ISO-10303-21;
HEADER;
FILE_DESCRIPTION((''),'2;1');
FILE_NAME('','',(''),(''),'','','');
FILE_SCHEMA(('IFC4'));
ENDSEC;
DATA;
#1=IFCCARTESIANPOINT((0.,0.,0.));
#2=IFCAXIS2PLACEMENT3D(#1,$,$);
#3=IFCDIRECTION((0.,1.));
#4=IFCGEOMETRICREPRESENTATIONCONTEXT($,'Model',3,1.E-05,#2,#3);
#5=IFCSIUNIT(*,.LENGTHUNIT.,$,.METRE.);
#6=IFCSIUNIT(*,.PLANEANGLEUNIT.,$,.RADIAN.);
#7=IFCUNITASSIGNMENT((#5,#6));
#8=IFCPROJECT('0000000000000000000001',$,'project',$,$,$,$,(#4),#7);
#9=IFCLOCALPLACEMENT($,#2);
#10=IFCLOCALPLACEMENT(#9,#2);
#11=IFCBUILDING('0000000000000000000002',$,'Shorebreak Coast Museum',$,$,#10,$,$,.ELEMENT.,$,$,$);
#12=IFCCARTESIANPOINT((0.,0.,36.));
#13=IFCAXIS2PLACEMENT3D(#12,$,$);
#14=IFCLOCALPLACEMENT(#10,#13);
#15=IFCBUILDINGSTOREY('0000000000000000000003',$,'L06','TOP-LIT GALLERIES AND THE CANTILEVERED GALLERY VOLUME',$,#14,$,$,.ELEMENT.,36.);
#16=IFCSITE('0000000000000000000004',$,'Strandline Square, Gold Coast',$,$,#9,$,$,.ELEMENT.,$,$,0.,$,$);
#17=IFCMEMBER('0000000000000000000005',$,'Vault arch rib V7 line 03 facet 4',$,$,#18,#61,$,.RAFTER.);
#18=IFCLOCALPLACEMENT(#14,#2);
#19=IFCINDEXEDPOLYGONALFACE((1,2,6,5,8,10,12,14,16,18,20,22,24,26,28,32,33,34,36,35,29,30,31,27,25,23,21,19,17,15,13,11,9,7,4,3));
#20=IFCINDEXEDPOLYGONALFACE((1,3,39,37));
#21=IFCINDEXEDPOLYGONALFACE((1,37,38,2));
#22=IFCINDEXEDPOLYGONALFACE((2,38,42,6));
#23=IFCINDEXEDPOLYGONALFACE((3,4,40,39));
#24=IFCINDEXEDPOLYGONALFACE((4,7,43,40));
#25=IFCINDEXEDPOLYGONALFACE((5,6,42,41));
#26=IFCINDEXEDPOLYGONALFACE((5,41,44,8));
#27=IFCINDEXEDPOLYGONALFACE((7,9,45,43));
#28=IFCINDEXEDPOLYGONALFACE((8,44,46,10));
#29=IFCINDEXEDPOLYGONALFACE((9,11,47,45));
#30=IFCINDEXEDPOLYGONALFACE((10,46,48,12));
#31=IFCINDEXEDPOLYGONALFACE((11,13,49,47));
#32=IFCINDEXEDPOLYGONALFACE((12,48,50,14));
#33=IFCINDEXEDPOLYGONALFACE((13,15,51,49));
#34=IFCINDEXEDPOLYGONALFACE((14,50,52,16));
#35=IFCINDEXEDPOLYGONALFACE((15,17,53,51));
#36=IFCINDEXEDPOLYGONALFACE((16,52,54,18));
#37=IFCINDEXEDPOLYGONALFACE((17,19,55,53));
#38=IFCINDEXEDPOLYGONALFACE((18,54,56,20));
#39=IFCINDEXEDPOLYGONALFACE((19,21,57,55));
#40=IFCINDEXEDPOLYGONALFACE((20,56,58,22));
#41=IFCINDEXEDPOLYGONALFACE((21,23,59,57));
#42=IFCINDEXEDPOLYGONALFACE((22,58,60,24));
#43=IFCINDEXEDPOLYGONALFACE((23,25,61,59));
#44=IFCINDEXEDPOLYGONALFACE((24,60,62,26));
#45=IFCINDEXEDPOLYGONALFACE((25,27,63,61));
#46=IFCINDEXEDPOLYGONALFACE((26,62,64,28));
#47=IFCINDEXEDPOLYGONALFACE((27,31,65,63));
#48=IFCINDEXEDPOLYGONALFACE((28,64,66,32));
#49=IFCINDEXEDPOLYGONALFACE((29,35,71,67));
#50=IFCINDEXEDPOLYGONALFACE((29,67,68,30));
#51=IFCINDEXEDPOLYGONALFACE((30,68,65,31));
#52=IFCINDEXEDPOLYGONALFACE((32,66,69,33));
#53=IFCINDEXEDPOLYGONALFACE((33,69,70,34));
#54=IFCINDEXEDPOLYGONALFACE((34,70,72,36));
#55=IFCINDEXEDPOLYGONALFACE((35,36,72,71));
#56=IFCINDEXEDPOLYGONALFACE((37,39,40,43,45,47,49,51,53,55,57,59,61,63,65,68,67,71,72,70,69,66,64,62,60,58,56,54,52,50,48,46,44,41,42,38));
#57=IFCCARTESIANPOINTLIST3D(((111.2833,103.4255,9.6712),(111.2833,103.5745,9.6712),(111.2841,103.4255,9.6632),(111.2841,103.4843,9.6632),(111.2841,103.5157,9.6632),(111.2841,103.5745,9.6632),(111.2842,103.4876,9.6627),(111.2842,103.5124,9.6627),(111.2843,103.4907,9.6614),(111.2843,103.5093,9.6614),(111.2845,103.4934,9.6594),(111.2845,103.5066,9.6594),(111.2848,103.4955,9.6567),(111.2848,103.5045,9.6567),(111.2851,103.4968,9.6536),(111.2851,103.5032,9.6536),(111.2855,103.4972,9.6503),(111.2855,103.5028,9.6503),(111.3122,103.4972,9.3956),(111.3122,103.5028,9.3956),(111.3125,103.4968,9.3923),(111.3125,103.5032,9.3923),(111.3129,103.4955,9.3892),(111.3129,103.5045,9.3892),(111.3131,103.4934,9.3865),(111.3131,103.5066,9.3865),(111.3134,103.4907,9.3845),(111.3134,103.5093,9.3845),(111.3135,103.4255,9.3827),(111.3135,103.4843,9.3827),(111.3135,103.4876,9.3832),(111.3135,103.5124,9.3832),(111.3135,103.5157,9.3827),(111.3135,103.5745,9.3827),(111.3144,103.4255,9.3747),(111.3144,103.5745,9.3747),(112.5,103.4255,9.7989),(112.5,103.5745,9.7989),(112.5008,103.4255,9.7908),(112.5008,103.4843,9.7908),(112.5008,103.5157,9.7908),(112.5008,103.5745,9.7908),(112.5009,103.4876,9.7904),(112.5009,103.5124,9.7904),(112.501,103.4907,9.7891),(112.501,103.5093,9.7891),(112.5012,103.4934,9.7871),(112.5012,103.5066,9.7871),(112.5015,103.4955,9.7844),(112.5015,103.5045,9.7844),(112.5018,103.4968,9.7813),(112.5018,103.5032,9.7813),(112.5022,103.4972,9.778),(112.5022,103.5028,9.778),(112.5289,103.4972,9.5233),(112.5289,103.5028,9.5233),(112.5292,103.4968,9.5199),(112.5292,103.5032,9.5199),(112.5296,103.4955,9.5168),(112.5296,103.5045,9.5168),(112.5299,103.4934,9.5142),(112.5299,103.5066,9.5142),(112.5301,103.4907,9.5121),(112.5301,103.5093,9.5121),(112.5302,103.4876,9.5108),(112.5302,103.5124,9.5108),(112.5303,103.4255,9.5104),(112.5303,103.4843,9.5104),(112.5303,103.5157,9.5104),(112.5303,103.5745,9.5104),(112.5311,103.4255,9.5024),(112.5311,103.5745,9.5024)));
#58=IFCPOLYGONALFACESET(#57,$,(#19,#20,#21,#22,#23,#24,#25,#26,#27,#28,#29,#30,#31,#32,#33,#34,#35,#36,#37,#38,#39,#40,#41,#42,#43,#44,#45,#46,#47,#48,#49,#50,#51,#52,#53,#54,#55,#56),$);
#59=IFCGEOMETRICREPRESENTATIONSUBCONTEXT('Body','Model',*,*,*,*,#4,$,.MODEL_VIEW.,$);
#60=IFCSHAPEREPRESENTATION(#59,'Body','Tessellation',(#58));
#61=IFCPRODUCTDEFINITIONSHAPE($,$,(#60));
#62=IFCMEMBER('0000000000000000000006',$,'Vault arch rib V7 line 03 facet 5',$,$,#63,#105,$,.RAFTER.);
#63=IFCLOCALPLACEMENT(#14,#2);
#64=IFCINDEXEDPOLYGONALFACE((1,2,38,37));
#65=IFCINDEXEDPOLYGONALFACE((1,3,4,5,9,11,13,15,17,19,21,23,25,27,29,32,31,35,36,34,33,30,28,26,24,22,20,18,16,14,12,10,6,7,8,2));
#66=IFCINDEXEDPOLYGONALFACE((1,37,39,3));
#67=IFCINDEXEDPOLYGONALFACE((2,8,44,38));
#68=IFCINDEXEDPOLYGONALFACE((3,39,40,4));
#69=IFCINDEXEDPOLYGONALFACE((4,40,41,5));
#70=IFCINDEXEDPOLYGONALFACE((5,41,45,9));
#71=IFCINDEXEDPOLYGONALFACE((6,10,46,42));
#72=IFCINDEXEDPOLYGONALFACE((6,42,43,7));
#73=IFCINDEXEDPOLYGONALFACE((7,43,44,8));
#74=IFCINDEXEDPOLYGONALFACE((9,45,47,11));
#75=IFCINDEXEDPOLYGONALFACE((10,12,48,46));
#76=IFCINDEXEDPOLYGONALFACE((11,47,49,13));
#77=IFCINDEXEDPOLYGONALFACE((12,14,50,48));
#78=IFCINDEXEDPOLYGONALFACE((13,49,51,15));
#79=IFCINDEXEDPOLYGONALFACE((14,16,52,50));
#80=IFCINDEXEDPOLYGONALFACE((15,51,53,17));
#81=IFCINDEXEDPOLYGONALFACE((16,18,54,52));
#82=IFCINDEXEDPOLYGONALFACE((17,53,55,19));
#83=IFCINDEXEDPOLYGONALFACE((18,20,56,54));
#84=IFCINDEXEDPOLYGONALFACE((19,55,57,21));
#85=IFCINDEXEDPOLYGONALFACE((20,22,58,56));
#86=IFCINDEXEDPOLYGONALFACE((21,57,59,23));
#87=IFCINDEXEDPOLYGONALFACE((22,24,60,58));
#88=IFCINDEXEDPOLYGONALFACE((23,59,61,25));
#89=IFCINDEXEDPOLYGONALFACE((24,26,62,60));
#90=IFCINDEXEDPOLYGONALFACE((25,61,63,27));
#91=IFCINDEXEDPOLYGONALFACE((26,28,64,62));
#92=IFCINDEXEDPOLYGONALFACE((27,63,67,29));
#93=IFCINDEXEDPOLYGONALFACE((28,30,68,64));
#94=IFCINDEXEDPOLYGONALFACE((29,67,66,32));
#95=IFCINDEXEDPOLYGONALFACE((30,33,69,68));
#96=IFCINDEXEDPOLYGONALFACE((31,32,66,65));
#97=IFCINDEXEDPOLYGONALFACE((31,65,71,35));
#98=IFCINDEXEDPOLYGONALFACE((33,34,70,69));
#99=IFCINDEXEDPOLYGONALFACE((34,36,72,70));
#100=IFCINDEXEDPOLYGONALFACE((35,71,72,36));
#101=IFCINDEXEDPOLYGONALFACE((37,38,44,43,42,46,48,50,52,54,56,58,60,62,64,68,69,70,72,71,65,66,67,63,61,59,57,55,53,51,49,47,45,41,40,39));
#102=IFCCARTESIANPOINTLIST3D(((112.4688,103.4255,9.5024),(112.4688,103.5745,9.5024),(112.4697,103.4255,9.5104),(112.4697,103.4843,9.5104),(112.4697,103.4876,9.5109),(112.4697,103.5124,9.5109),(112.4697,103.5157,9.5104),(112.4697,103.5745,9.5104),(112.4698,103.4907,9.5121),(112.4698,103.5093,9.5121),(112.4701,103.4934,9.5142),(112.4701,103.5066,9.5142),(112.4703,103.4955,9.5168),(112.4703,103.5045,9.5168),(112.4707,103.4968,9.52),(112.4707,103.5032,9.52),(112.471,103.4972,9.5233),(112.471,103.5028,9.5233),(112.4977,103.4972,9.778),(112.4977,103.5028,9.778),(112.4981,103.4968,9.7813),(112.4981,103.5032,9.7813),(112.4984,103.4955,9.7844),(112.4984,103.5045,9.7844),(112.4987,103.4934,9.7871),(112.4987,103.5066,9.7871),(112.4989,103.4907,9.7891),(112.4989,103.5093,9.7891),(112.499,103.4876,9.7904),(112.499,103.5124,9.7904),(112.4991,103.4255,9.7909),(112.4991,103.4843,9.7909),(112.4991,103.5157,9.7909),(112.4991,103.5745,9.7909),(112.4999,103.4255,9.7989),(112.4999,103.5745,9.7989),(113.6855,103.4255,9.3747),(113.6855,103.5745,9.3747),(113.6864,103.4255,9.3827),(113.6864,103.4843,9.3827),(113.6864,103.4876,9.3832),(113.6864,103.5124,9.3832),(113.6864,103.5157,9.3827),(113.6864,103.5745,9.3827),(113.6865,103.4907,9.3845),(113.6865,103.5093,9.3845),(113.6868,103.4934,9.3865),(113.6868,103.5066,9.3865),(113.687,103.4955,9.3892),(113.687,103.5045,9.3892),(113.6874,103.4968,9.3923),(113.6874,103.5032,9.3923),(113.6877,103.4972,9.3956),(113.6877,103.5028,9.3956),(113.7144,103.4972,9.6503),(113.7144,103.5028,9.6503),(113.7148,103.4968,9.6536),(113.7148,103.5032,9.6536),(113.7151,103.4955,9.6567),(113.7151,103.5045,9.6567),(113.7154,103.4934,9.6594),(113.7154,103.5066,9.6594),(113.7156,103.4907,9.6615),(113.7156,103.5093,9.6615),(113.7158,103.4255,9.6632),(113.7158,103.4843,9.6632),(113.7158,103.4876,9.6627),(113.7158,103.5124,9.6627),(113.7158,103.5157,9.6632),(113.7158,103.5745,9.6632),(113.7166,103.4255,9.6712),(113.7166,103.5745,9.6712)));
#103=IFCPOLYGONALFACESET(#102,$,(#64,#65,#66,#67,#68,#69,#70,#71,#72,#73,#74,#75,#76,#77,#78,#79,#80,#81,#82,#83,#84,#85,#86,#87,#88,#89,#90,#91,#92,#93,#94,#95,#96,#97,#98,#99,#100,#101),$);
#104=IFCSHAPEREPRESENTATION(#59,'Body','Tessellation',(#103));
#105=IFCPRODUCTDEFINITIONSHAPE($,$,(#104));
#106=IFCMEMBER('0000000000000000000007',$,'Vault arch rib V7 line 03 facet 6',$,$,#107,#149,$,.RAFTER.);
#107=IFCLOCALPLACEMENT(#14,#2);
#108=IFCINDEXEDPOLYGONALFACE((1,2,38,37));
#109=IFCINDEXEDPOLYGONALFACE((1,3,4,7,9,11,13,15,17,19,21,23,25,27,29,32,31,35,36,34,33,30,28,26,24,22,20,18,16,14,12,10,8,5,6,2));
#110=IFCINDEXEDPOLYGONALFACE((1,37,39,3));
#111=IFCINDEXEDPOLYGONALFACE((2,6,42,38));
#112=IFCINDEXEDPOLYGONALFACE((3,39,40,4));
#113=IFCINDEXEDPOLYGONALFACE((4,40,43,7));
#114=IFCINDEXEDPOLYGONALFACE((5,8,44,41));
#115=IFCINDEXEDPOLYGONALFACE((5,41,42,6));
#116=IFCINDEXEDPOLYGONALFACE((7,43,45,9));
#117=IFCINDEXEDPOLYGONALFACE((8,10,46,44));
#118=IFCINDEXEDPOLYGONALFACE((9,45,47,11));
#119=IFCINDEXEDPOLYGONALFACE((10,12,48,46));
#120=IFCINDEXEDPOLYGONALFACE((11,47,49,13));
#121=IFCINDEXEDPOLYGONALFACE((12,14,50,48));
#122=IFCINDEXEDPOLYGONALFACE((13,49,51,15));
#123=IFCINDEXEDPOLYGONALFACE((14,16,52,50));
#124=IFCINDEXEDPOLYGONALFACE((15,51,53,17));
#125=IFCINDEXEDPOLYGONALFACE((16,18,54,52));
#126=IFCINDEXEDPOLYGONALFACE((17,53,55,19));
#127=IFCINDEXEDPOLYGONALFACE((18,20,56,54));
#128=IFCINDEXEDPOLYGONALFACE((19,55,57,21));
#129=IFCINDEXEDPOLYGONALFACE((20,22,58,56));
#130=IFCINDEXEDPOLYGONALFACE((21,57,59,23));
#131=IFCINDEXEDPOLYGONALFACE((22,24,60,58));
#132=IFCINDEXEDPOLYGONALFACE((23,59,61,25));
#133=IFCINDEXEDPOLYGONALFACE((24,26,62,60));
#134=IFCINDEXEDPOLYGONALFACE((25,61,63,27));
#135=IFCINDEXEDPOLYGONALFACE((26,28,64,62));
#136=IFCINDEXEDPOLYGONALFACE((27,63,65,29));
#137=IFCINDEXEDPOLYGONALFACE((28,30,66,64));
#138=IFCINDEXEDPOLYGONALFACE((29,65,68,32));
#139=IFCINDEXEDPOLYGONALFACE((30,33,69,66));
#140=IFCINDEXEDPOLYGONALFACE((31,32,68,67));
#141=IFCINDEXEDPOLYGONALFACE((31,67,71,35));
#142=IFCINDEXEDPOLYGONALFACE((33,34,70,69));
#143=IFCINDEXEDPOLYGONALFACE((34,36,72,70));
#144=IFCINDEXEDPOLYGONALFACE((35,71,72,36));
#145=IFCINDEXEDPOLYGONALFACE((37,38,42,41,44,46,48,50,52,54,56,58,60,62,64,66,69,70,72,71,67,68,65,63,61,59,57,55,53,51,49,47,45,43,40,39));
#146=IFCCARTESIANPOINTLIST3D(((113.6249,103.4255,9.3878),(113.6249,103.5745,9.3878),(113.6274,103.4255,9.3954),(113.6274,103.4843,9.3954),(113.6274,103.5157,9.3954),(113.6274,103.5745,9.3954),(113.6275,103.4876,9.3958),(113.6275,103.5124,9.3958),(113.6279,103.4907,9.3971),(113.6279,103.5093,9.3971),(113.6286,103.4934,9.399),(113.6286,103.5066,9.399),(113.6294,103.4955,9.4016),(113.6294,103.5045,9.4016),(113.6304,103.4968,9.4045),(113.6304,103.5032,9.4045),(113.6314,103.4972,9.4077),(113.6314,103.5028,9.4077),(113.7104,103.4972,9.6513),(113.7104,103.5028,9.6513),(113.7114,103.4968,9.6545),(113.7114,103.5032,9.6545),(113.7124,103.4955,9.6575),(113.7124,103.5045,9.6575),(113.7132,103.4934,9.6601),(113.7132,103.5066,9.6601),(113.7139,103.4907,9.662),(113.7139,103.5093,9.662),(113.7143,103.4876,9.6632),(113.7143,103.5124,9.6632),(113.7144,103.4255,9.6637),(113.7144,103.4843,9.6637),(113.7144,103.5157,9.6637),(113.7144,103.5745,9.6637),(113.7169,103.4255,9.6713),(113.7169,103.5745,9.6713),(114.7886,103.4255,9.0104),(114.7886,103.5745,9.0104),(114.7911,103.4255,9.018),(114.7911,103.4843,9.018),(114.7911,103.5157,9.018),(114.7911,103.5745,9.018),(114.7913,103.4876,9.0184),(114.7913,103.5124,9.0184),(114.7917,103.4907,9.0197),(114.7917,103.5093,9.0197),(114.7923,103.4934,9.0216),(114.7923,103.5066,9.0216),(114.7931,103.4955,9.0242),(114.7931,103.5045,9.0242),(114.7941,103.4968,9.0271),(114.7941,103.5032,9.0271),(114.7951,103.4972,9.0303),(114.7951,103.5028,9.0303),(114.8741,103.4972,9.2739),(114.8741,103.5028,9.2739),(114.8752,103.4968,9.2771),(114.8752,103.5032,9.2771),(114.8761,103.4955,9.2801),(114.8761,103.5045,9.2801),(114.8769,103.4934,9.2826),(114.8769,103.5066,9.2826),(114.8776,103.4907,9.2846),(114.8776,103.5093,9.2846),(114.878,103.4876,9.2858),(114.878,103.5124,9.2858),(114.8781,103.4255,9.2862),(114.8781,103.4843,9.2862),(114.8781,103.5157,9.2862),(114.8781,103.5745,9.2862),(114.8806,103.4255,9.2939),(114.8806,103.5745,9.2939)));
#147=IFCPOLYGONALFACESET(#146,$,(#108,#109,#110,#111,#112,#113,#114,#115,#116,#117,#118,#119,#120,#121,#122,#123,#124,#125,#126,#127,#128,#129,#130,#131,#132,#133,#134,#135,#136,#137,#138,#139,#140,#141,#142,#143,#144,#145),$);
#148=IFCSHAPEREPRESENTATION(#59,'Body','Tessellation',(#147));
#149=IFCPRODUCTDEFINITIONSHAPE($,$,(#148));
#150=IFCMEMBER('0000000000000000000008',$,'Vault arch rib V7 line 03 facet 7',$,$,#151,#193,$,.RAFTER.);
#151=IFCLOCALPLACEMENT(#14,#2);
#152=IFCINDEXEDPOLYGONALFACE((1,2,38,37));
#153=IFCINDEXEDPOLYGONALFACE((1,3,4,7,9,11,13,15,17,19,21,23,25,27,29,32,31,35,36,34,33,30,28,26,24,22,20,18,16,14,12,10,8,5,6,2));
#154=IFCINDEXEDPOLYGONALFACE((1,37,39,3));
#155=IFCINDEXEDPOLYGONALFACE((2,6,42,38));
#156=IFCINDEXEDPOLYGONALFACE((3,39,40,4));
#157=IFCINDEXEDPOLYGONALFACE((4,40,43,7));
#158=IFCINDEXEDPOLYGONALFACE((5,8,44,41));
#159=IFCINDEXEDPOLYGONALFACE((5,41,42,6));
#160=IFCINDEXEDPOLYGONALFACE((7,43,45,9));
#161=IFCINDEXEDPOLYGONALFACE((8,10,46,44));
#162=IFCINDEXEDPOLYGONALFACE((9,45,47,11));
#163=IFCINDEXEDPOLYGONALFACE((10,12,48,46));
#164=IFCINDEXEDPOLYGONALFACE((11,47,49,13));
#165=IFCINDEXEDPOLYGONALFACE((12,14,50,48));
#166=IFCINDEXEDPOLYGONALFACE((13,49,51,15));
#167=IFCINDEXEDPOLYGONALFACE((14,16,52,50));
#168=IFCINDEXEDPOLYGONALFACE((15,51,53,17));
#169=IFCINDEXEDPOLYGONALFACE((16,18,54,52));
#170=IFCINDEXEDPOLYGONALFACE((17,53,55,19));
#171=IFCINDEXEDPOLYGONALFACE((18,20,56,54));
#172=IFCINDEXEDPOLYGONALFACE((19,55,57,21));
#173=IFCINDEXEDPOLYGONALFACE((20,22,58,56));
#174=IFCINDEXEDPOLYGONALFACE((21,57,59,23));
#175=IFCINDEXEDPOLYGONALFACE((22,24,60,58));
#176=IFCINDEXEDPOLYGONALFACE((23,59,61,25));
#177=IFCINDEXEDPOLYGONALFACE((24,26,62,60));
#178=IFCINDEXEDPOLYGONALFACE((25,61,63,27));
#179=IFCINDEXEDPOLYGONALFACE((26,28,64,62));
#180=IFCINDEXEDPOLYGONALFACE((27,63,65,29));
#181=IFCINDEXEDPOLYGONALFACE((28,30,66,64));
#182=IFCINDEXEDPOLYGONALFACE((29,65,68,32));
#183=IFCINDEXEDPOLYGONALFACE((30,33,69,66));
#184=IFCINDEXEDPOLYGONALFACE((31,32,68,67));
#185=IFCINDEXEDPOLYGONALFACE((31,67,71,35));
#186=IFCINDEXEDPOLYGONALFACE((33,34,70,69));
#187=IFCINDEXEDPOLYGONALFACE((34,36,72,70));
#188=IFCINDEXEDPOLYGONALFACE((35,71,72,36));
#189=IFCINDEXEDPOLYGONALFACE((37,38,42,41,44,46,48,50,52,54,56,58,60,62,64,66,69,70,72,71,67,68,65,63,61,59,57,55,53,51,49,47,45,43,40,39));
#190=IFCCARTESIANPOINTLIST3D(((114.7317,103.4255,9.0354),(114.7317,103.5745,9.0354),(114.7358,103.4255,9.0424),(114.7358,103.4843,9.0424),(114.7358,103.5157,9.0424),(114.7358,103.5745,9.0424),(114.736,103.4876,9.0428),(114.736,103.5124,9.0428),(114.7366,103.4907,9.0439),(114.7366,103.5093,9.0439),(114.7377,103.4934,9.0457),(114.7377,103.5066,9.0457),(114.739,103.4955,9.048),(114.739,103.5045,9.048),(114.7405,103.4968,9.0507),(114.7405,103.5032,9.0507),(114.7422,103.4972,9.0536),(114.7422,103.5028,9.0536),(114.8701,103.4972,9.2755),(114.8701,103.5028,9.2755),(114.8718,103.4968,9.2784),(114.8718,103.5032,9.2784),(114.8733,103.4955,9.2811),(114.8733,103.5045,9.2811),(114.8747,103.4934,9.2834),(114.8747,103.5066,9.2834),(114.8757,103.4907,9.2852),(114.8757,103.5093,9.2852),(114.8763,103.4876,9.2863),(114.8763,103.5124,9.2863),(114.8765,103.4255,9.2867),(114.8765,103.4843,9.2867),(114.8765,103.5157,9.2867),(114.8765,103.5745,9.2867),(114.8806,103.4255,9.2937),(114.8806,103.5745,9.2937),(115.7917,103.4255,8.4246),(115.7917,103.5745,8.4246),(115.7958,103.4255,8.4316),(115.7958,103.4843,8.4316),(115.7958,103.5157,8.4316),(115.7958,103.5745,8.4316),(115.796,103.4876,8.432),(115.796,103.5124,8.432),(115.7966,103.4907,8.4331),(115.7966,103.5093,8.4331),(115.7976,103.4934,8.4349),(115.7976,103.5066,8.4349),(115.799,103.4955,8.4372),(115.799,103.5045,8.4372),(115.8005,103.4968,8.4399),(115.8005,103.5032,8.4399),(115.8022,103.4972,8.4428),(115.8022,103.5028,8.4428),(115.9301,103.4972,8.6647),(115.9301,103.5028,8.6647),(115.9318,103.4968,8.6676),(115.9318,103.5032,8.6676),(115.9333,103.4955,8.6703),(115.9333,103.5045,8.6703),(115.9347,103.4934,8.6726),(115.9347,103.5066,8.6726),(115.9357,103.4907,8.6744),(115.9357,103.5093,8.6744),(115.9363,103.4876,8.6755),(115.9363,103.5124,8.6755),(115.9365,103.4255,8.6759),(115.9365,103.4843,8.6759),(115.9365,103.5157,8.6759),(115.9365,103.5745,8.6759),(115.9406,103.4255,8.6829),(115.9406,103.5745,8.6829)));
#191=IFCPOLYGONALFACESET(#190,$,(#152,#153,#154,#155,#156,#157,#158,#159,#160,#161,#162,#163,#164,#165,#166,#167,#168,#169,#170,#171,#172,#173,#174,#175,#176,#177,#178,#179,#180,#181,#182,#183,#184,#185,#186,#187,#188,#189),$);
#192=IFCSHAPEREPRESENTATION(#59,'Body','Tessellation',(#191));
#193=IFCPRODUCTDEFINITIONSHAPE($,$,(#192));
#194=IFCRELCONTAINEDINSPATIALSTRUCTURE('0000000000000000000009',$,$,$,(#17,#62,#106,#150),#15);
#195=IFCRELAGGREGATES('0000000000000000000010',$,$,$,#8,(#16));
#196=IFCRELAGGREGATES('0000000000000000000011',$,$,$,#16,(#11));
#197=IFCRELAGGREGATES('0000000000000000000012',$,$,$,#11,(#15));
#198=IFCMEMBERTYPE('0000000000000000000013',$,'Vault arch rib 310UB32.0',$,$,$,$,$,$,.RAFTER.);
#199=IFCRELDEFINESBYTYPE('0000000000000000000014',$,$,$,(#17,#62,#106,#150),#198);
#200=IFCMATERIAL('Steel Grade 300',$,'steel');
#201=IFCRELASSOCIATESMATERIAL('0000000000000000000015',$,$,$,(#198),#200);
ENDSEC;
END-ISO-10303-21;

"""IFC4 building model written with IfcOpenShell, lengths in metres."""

from ifc_helpers import new_model, si_unit, direction, frame, origin, origin_2d, place, context, subcontext, project, spatial, i_section, extrude, material, material_profile, profile_set, type_object, element, save


model = new_model("IFC4")

# Units and contexts
model_context = context("Model", 3, precision=1e-05, world=origin(), true_north=direction((0.0, 1.0)))
body_context = subcontext(model_context, "Body", "Model", "MODEL_VIEW")
ifc_project = project(units=[si_unit("LENGTHUNIT", "METRE"), si_unit("PLANEANGLEUNIT", "RADIAN")], contexts=[model_context])

# Site, building, storey
site_placement = place(None, origin())
site = spatial("IfcSite", under=ifc_project, at=site_placement, Name="Strandline Square, Gold Coast", CompositionType="ELEMENT", RefElevation=0.0)
building_placement = place(site_placement, origin())
building = spatial("IfcBuilding", under=site, at=building_placement, Name="Shorebreak Coast Museum", CompositionType="ELEMENT")
storey_placement = place(building_placement, frame((0.0, 0.0, 36.0)))
storey = spatial("IfcBuildingStorey", under=building, at=storey_placement, Name="L06", Description="TOP-LIT GALLERIES AND THE CANTILEVERED GALLERY VOLUME", CompositionType="ELEMENT", Elevation=36.0)

# Members
ifc_material_1 = material(Name="Steel Grade 300", Category="steel")
ifc_material_profile_1 = material_profile(ifc_material_1, i_section(OverallWidth=0.1489, OverallDepth=0.2981, WebThickness=0.0056, FlangeThickness=0.0081, FilletRadius=0.0129, at=origin_2d()), Name="310UB32.0")
ifc_profile_set_1 = profile_set([ifc_material_profile_1], Name="Steel Grade 300")
member_type_1 = type_object("IfcMemberType", Name="Vault arch rib 310UB32.0", PredefinedType="RAFTER", material=ifc_profile_set_1)
for number, where, z_axis, x_axis, name in (
    (1, (111.2988, 103.5, 9.5229), (0.994539, 0.0, 0.104363), (0.0, 1.0, 0.0), "Vault arch rib V7 line 03 facet 4"),
    (2, (112.4844, 103.5, 9.6506), (0.994539, 0.0, -0.104363), (0.0, 1.0, 0.0), "Vault arch rib V7 line 03 facet 5"),
    (3, (113.6709, 103.5, 9.5295), (0.951226, 0.0, -0.308495), (0.0, 1.0, 0.0), "Vault arch rib V7 line 03 facet 6"),
    (4, (114.8062, 103.5, 9.1646), (0.866445, 0.0, -0.499273), (0.0, 1.0, 0.0), "Vault arch rib V7 line 03 facet 7"),
):
    element("IfcMember", number, at=place(storey_placement, frame(where, z_axis=z_axis, x_axis=x_axis)), inside=storey, type_object=member_type_1, Name=name, PredefinedType="RAFTER", context=body_context, shape_type="SweptSolid", body=[
        extrude(i_section(OverallWidth=0.1489, OverallDepth=0.2981, WebThickness=0.0056, FlangeThickness=0.0081, FilletRadius=0.0129, at=origin_2d()), origin(), (0.0, 0.0, 1.0), 1.2234),
    ])

save(model, "model.ifc")
